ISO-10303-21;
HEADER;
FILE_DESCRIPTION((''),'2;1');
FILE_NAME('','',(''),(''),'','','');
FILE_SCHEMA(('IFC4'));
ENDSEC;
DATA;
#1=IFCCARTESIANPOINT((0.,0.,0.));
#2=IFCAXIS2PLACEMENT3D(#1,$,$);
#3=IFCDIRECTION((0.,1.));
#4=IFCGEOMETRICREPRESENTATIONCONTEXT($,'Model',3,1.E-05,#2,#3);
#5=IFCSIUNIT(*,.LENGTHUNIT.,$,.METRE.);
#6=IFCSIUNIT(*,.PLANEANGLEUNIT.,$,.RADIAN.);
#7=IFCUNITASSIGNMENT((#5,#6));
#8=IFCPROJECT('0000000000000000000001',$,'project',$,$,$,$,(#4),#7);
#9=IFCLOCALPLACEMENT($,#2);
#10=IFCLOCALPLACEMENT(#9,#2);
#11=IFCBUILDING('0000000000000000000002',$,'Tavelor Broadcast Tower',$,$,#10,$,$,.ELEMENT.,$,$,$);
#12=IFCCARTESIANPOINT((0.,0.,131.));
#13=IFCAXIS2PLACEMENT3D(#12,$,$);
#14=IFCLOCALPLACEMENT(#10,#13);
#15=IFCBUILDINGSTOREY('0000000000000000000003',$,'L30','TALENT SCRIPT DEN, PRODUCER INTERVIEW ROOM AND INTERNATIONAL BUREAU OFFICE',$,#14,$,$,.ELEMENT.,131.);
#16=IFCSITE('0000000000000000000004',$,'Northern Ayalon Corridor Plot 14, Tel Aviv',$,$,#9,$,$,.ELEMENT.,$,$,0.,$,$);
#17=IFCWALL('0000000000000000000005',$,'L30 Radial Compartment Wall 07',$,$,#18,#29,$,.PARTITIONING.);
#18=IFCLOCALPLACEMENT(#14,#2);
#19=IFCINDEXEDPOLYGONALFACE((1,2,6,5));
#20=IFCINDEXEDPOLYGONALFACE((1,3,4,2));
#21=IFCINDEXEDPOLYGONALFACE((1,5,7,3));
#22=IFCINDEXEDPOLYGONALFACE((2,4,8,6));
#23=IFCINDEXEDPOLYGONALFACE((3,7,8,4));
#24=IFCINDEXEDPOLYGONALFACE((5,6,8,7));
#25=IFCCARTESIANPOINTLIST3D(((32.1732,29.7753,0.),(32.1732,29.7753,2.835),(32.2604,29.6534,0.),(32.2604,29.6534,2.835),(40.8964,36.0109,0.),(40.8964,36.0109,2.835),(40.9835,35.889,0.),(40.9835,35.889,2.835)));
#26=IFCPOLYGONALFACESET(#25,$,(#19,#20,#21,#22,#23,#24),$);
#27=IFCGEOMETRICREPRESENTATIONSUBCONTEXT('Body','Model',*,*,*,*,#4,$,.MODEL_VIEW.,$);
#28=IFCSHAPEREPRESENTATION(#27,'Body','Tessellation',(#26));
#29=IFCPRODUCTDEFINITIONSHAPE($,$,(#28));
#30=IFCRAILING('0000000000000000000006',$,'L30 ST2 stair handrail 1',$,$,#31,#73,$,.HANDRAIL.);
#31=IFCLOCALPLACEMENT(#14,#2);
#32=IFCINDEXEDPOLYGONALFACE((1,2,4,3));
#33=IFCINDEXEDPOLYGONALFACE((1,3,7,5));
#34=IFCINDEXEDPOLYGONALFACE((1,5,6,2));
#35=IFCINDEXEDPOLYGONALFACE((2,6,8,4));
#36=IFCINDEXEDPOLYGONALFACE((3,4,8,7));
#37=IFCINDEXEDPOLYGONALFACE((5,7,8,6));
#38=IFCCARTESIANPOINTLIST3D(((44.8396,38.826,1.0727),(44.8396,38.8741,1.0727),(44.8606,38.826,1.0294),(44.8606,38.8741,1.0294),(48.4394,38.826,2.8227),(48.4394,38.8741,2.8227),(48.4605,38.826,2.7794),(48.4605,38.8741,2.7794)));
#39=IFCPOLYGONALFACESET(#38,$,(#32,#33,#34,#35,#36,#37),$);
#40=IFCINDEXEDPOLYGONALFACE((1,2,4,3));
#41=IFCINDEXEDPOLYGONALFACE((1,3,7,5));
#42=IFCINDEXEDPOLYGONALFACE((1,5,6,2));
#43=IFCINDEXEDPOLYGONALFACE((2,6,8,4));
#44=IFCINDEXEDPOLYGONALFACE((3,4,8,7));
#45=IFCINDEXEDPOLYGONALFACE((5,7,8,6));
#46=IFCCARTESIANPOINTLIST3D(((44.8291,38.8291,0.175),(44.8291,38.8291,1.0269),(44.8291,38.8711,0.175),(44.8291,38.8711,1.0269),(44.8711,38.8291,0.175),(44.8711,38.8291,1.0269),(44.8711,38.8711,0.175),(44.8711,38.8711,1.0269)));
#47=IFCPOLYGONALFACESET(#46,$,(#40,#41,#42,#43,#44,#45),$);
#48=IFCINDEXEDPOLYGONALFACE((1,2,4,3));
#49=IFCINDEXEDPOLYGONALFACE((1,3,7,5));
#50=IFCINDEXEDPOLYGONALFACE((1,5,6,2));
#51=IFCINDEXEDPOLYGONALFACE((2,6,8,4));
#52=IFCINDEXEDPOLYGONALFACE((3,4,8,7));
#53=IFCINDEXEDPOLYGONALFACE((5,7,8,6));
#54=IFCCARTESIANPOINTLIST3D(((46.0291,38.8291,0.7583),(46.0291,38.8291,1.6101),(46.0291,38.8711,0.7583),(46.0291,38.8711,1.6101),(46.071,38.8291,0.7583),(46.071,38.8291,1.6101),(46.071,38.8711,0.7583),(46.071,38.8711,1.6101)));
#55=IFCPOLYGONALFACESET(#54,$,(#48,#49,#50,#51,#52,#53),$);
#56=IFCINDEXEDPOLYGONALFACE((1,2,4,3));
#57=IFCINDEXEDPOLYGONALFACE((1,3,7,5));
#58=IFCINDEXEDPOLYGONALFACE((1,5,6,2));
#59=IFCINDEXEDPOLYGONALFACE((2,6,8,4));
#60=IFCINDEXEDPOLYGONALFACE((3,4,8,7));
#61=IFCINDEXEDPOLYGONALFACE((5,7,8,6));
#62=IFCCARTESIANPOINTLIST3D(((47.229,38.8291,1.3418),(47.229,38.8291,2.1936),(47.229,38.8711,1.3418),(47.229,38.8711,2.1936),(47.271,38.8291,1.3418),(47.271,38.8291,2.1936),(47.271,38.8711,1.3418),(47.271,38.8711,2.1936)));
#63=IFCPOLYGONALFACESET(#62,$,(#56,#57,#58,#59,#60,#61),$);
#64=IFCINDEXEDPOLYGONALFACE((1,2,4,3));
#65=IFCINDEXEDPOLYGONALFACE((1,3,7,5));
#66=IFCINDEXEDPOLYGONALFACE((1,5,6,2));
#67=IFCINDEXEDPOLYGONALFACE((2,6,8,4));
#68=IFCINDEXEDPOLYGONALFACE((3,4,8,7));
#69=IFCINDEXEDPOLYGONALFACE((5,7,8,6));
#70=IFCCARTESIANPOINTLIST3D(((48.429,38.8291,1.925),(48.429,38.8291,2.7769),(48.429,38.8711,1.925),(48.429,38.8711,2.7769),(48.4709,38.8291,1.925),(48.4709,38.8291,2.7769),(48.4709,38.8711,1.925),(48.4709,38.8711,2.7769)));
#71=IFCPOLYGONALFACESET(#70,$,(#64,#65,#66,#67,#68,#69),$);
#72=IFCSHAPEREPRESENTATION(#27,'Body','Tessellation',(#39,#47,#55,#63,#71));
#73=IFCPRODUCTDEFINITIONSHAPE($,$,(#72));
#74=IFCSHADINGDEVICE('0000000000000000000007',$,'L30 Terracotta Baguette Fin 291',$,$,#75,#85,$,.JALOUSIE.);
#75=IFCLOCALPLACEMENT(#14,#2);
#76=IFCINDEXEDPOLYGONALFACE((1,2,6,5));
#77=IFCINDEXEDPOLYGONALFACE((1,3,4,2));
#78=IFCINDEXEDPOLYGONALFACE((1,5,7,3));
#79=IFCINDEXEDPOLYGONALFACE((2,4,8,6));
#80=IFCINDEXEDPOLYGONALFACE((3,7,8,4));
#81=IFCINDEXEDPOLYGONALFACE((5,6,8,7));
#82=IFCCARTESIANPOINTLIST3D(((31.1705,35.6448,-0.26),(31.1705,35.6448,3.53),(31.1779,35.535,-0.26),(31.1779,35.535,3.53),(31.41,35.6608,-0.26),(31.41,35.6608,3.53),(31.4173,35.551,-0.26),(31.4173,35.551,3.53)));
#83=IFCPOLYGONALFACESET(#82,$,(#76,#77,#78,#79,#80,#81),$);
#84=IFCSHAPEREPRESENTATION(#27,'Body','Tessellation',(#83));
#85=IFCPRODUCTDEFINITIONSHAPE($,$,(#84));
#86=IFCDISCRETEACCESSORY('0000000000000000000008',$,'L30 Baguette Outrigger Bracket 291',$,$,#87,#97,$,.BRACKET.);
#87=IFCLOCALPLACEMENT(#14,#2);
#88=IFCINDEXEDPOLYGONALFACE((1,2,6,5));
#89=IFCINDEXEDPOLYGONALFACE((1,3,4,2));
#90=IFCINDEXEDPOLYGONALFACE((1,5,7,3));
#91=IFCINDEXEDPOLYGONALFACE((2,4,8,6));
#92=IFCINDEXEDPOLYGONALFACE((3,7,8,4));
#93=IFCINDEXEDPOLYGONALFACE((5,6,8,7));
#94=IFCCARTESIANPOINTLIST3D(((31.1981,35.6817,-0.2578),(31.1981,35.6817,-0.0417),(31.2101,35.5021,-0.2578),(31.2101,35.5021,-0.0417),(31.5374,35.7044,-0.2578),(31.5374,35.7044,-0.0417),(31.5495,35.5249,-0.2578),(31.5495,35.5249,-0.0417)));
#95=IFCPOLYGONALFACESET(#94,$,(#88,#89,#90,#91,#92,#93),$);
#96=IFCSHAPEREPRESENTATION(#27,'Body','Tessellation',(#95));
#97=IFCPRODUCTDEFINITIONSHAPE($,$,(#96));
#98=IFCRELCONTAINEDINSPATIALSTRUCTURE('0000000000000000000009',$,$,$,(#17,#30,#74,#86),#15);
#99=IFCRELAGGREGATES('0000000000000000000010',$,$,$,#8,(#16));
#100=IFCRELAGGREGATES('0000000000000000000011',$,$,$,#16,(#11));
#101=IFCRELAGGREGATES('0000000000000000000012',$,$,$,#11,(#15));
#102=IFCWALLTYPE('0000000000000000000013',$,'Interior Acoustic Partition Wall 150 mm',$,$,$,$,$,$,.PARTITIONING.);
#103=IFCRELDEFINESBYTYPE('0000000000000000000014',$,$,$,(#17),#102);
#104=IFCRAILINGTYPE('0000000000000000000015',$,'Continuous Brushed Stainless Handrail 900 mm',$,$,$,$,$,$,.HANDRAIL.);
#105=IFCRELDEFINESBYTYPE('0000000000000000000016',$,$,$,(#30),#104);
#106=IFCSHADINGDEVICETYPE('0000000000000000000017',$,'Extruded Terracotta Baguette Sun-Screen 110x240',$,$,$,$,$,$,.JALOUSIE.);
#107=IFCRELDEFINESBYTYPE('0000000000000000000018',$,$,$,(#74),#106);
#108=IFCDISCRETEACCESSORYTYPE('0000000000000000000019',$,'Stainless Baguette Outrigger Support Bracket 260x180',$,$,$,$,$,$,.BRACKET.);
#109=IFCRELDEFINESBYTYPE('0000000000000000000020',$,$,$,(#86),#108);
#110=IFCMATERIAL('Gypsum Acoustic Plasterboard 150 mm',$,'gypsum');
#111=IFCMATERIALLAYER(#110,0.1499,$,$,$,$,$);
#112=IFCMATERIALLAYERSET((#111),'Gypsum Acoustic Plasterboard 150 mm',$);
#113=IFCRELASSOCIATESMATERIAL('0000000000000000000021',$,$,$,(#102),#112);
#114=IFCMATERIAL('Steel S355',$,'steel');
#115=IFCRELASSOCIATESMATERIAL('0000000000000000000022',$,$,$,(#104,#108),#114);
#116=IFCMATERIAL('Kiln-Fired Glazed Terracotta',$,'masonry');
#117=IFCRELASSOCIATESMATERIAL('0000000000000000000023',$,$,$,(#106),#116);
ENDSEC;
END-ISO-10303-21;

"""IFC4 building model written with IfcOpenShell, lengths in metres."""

from ifc_helpers import new_model, si_unit, direction, frame, frame_2d, origin, origin_2d, place, context, subcontext, project, spatial, rectangle, extrude, source, transform, mapped, material, layer, layer_set, type_object, type_shapes, element, save


model = new_model("IFC4")

# Units and contexts
model_context = context("Model", 3, precision=1e-05, world=origin(), true_north=direction((0.0, 1.0)))
body_context = subcontext(model_context, "Body", "Model", "MODEL_VIEW")
ifc_project = project(units=[si_unit("LENGTHUNIT", "METRE"), si_unit("PLANEANGLEUNIT", "RADIAN")], contexts=[model_context])

# Site, building, storey
site_placement = place(None, origin())
site = spatial("IfcSite", under=ifc_project, at=site_placement, Name="Northern Ayalon Corridor Plot 14, Tel Aviv", CompositionType="ELEMENT", RefElevation=0.0)
building_placement = place(site_placement, origin())
building = spatial("IfcBuilding", under=site, at=building_placement, Name="Tavelor Broadcast Tower", CompositionType="ELEMENT")
storey_placement = place(building_placement, frame((0.0, 0.0, 131.0)))
storey = spatial("IfcBuildingStorey", under=building, at=storey_placement, Name="L30", Description="TALENT SCRIPT DEN, PRODUCER INTERVIEW ROOM AND INTERNATIONAL BUREAU OFFICE", CompositionType="ELEMENT", Elevation=131.0)

# Shared definitions
ifc_material_1 = material(Name="Steel S355", Category="steel")

# Wall
ifc_material_2 = material(Name="Gypsum Acoustic Plasterboard 150 mm", Category="gypsum")
ifc_layer_1 = layer(ifc_material_2, 0.1499)
ifc_layer_set_1 = layer_set([ifc_layer_1], Name="Gypsum Acoustic Plasterboard 150 mm")
wall_type_1 = type_object("IfcWallType", Name="Interior Acoustic Partition Wall 150 mm", PredefinedType="PARTITIONING", material=ifc_layer_set_1)
wall_1_placement = place(storey_placement, frame((40.9399, 35.95, 0.0), z_axis=(0.0, 0.0, 1.0), x_axis=(-0.813523, -0.581533, 0.0)))
element("IfcWall", 1, at=wall_1_placement, inside=storey, type_object=wall_type_1, Name="L30 Radial Compartment Wall 07", PredefinedType="PARTITIONING", context=body_context, shape_type="SweptSolid", body=[
    extrude(rectangle(XDim=10.7227, YDim=0.1499, at=frame_2d((5.3613, 0.0))), origin(), (0.0, 0.0, 1.0), 2.835),
])

# Railing
railing_type = type_object("IfcRailingType", Name="Continuous Brushed Stainless Handrail 900 mm", PredefinedType="HANDRAIL", material=ifc_material_1)
railing_placement = place(storey_placement, frame((44.8501, 38.8501, 0.175)))
element("IfcRailing", 2, at=railing_placement, inside=storey, type_object=railing_type, Name="L30 ST2 stair handrail 1", PredefinedType="HANDRAIL", context=body_context, shape_type="SweptSolid", body=[
    extrude(rectangle(XDim=0.0481, YDim=0.0481, at=origin_2d()), frame((0.0, 0.0, 0.876), z_axis=(0.899361, 0.0, 0.437207), x_axis=(0.0, 1.0, 0.0)), (0.0, 0.0, 1.0), 4.0027),
    extrude(rectangle(XDim=0.042, YDim=0.042, at=origin_2d()), origin(), (0.0, 0.0, 1.0), 0.8518),
    extrude(rectangle(XDim=0.042, YDim=0.042, at=origin_2d()), frame((1.2, 0.0, 0.5833)), (0.0, 0.0, 1.0), 0.8518),
    extrude(rectangle(XDim=0.042, YDim=0.042, at=origin_2d()), frame((2.3999, 0.0, 1.1667)), (0.0, 0.0, 1.0), 0.8518),
    extrude(rectangle(XDim=0.042, YDim=0.042, at=origin_2d()), frame((3.5999, 0.0, 1.75)), (0.0, 0.0, 1.0), 0.8518),
])

# Shading device
ifc_material_3 = material(Name="Kiln-Fired Glazed Terracotta", Category="masonry")
shading_device_type = type_object("IfcShadingDeviceType", Name="Extruded Terracotta Baguette Sun-Screen 110x240", PredefinedType="JALOUSIE", material=ifc_material_3)
shared_shape_1 = source(origin(), body_context, "Body", "SweptSolid", [
    extrude(rectangle(XDim=0.1101, YDim=0.24, at=origin_2d()), origin(), (0.0, 0.0, 1.0), 3.79),
])
type_shapes(shading_device_type, [shared_shape_1])
shading_device_placement = place(storey_placement, frame((31.2939, 35.5979, -0.26), z_axis=(0.0, 0.0, 1.0), x_axis=(0.066796, -0.997767, 0.0)))
element("IfcShadingDevice", 3, at=shading_device_placement, inside=storey, type_object=shading_device_type, Name="L30 Terracotta Baguette Fin 291", PredefinedType="JALOUSIE", context=body_context, shape_type="MappedRepresentation", body=[
    mapped(shared_shape_1, transform((0.0, 0.0, 0.0), scale=1.0)),
])

# Discrete accessory
discrete_accessory_type = type_object("IfcDiscreteAccessoryType", Name="Stainless Baguette Outrigger Support Bracket 260x180", PredefinedType="BRACKET", material=ifc_material_1)
shared_shape_2 = source(origin(), body_context, "Body", "SweptSolid", [
    extrude(rectangle(XDim=0.1799, YDim=0.3401, at=origin_2d()), origin(), (0.0, 0.0, 1.0), 0.2161),
])
type_shapes(discrete_accessory_type, [shared_shape_2])
discrete_accessory_placement = place(storey_placement, frame((31.3738, 35.6033, -0.2578), z_axis=(0.0, 0.0, 1.0), x_axis=(0.066796, -0.997767, 0.0)))
element("IfcDiscreteAccessory", 4, at=discrete_accessory_placement, inside=storey, type_object=discrete_accessory_type, Name="L30 Baguette Outrigger Bracket 291", PredefinedType="BRACKET", context=body_context, shape_type="MappedRepresentation", body=[
    mapped(shared_shape_2, transform((0.0, 0.0, 0.0), scale=1.0)),
])

save(model, "model.ifc")
